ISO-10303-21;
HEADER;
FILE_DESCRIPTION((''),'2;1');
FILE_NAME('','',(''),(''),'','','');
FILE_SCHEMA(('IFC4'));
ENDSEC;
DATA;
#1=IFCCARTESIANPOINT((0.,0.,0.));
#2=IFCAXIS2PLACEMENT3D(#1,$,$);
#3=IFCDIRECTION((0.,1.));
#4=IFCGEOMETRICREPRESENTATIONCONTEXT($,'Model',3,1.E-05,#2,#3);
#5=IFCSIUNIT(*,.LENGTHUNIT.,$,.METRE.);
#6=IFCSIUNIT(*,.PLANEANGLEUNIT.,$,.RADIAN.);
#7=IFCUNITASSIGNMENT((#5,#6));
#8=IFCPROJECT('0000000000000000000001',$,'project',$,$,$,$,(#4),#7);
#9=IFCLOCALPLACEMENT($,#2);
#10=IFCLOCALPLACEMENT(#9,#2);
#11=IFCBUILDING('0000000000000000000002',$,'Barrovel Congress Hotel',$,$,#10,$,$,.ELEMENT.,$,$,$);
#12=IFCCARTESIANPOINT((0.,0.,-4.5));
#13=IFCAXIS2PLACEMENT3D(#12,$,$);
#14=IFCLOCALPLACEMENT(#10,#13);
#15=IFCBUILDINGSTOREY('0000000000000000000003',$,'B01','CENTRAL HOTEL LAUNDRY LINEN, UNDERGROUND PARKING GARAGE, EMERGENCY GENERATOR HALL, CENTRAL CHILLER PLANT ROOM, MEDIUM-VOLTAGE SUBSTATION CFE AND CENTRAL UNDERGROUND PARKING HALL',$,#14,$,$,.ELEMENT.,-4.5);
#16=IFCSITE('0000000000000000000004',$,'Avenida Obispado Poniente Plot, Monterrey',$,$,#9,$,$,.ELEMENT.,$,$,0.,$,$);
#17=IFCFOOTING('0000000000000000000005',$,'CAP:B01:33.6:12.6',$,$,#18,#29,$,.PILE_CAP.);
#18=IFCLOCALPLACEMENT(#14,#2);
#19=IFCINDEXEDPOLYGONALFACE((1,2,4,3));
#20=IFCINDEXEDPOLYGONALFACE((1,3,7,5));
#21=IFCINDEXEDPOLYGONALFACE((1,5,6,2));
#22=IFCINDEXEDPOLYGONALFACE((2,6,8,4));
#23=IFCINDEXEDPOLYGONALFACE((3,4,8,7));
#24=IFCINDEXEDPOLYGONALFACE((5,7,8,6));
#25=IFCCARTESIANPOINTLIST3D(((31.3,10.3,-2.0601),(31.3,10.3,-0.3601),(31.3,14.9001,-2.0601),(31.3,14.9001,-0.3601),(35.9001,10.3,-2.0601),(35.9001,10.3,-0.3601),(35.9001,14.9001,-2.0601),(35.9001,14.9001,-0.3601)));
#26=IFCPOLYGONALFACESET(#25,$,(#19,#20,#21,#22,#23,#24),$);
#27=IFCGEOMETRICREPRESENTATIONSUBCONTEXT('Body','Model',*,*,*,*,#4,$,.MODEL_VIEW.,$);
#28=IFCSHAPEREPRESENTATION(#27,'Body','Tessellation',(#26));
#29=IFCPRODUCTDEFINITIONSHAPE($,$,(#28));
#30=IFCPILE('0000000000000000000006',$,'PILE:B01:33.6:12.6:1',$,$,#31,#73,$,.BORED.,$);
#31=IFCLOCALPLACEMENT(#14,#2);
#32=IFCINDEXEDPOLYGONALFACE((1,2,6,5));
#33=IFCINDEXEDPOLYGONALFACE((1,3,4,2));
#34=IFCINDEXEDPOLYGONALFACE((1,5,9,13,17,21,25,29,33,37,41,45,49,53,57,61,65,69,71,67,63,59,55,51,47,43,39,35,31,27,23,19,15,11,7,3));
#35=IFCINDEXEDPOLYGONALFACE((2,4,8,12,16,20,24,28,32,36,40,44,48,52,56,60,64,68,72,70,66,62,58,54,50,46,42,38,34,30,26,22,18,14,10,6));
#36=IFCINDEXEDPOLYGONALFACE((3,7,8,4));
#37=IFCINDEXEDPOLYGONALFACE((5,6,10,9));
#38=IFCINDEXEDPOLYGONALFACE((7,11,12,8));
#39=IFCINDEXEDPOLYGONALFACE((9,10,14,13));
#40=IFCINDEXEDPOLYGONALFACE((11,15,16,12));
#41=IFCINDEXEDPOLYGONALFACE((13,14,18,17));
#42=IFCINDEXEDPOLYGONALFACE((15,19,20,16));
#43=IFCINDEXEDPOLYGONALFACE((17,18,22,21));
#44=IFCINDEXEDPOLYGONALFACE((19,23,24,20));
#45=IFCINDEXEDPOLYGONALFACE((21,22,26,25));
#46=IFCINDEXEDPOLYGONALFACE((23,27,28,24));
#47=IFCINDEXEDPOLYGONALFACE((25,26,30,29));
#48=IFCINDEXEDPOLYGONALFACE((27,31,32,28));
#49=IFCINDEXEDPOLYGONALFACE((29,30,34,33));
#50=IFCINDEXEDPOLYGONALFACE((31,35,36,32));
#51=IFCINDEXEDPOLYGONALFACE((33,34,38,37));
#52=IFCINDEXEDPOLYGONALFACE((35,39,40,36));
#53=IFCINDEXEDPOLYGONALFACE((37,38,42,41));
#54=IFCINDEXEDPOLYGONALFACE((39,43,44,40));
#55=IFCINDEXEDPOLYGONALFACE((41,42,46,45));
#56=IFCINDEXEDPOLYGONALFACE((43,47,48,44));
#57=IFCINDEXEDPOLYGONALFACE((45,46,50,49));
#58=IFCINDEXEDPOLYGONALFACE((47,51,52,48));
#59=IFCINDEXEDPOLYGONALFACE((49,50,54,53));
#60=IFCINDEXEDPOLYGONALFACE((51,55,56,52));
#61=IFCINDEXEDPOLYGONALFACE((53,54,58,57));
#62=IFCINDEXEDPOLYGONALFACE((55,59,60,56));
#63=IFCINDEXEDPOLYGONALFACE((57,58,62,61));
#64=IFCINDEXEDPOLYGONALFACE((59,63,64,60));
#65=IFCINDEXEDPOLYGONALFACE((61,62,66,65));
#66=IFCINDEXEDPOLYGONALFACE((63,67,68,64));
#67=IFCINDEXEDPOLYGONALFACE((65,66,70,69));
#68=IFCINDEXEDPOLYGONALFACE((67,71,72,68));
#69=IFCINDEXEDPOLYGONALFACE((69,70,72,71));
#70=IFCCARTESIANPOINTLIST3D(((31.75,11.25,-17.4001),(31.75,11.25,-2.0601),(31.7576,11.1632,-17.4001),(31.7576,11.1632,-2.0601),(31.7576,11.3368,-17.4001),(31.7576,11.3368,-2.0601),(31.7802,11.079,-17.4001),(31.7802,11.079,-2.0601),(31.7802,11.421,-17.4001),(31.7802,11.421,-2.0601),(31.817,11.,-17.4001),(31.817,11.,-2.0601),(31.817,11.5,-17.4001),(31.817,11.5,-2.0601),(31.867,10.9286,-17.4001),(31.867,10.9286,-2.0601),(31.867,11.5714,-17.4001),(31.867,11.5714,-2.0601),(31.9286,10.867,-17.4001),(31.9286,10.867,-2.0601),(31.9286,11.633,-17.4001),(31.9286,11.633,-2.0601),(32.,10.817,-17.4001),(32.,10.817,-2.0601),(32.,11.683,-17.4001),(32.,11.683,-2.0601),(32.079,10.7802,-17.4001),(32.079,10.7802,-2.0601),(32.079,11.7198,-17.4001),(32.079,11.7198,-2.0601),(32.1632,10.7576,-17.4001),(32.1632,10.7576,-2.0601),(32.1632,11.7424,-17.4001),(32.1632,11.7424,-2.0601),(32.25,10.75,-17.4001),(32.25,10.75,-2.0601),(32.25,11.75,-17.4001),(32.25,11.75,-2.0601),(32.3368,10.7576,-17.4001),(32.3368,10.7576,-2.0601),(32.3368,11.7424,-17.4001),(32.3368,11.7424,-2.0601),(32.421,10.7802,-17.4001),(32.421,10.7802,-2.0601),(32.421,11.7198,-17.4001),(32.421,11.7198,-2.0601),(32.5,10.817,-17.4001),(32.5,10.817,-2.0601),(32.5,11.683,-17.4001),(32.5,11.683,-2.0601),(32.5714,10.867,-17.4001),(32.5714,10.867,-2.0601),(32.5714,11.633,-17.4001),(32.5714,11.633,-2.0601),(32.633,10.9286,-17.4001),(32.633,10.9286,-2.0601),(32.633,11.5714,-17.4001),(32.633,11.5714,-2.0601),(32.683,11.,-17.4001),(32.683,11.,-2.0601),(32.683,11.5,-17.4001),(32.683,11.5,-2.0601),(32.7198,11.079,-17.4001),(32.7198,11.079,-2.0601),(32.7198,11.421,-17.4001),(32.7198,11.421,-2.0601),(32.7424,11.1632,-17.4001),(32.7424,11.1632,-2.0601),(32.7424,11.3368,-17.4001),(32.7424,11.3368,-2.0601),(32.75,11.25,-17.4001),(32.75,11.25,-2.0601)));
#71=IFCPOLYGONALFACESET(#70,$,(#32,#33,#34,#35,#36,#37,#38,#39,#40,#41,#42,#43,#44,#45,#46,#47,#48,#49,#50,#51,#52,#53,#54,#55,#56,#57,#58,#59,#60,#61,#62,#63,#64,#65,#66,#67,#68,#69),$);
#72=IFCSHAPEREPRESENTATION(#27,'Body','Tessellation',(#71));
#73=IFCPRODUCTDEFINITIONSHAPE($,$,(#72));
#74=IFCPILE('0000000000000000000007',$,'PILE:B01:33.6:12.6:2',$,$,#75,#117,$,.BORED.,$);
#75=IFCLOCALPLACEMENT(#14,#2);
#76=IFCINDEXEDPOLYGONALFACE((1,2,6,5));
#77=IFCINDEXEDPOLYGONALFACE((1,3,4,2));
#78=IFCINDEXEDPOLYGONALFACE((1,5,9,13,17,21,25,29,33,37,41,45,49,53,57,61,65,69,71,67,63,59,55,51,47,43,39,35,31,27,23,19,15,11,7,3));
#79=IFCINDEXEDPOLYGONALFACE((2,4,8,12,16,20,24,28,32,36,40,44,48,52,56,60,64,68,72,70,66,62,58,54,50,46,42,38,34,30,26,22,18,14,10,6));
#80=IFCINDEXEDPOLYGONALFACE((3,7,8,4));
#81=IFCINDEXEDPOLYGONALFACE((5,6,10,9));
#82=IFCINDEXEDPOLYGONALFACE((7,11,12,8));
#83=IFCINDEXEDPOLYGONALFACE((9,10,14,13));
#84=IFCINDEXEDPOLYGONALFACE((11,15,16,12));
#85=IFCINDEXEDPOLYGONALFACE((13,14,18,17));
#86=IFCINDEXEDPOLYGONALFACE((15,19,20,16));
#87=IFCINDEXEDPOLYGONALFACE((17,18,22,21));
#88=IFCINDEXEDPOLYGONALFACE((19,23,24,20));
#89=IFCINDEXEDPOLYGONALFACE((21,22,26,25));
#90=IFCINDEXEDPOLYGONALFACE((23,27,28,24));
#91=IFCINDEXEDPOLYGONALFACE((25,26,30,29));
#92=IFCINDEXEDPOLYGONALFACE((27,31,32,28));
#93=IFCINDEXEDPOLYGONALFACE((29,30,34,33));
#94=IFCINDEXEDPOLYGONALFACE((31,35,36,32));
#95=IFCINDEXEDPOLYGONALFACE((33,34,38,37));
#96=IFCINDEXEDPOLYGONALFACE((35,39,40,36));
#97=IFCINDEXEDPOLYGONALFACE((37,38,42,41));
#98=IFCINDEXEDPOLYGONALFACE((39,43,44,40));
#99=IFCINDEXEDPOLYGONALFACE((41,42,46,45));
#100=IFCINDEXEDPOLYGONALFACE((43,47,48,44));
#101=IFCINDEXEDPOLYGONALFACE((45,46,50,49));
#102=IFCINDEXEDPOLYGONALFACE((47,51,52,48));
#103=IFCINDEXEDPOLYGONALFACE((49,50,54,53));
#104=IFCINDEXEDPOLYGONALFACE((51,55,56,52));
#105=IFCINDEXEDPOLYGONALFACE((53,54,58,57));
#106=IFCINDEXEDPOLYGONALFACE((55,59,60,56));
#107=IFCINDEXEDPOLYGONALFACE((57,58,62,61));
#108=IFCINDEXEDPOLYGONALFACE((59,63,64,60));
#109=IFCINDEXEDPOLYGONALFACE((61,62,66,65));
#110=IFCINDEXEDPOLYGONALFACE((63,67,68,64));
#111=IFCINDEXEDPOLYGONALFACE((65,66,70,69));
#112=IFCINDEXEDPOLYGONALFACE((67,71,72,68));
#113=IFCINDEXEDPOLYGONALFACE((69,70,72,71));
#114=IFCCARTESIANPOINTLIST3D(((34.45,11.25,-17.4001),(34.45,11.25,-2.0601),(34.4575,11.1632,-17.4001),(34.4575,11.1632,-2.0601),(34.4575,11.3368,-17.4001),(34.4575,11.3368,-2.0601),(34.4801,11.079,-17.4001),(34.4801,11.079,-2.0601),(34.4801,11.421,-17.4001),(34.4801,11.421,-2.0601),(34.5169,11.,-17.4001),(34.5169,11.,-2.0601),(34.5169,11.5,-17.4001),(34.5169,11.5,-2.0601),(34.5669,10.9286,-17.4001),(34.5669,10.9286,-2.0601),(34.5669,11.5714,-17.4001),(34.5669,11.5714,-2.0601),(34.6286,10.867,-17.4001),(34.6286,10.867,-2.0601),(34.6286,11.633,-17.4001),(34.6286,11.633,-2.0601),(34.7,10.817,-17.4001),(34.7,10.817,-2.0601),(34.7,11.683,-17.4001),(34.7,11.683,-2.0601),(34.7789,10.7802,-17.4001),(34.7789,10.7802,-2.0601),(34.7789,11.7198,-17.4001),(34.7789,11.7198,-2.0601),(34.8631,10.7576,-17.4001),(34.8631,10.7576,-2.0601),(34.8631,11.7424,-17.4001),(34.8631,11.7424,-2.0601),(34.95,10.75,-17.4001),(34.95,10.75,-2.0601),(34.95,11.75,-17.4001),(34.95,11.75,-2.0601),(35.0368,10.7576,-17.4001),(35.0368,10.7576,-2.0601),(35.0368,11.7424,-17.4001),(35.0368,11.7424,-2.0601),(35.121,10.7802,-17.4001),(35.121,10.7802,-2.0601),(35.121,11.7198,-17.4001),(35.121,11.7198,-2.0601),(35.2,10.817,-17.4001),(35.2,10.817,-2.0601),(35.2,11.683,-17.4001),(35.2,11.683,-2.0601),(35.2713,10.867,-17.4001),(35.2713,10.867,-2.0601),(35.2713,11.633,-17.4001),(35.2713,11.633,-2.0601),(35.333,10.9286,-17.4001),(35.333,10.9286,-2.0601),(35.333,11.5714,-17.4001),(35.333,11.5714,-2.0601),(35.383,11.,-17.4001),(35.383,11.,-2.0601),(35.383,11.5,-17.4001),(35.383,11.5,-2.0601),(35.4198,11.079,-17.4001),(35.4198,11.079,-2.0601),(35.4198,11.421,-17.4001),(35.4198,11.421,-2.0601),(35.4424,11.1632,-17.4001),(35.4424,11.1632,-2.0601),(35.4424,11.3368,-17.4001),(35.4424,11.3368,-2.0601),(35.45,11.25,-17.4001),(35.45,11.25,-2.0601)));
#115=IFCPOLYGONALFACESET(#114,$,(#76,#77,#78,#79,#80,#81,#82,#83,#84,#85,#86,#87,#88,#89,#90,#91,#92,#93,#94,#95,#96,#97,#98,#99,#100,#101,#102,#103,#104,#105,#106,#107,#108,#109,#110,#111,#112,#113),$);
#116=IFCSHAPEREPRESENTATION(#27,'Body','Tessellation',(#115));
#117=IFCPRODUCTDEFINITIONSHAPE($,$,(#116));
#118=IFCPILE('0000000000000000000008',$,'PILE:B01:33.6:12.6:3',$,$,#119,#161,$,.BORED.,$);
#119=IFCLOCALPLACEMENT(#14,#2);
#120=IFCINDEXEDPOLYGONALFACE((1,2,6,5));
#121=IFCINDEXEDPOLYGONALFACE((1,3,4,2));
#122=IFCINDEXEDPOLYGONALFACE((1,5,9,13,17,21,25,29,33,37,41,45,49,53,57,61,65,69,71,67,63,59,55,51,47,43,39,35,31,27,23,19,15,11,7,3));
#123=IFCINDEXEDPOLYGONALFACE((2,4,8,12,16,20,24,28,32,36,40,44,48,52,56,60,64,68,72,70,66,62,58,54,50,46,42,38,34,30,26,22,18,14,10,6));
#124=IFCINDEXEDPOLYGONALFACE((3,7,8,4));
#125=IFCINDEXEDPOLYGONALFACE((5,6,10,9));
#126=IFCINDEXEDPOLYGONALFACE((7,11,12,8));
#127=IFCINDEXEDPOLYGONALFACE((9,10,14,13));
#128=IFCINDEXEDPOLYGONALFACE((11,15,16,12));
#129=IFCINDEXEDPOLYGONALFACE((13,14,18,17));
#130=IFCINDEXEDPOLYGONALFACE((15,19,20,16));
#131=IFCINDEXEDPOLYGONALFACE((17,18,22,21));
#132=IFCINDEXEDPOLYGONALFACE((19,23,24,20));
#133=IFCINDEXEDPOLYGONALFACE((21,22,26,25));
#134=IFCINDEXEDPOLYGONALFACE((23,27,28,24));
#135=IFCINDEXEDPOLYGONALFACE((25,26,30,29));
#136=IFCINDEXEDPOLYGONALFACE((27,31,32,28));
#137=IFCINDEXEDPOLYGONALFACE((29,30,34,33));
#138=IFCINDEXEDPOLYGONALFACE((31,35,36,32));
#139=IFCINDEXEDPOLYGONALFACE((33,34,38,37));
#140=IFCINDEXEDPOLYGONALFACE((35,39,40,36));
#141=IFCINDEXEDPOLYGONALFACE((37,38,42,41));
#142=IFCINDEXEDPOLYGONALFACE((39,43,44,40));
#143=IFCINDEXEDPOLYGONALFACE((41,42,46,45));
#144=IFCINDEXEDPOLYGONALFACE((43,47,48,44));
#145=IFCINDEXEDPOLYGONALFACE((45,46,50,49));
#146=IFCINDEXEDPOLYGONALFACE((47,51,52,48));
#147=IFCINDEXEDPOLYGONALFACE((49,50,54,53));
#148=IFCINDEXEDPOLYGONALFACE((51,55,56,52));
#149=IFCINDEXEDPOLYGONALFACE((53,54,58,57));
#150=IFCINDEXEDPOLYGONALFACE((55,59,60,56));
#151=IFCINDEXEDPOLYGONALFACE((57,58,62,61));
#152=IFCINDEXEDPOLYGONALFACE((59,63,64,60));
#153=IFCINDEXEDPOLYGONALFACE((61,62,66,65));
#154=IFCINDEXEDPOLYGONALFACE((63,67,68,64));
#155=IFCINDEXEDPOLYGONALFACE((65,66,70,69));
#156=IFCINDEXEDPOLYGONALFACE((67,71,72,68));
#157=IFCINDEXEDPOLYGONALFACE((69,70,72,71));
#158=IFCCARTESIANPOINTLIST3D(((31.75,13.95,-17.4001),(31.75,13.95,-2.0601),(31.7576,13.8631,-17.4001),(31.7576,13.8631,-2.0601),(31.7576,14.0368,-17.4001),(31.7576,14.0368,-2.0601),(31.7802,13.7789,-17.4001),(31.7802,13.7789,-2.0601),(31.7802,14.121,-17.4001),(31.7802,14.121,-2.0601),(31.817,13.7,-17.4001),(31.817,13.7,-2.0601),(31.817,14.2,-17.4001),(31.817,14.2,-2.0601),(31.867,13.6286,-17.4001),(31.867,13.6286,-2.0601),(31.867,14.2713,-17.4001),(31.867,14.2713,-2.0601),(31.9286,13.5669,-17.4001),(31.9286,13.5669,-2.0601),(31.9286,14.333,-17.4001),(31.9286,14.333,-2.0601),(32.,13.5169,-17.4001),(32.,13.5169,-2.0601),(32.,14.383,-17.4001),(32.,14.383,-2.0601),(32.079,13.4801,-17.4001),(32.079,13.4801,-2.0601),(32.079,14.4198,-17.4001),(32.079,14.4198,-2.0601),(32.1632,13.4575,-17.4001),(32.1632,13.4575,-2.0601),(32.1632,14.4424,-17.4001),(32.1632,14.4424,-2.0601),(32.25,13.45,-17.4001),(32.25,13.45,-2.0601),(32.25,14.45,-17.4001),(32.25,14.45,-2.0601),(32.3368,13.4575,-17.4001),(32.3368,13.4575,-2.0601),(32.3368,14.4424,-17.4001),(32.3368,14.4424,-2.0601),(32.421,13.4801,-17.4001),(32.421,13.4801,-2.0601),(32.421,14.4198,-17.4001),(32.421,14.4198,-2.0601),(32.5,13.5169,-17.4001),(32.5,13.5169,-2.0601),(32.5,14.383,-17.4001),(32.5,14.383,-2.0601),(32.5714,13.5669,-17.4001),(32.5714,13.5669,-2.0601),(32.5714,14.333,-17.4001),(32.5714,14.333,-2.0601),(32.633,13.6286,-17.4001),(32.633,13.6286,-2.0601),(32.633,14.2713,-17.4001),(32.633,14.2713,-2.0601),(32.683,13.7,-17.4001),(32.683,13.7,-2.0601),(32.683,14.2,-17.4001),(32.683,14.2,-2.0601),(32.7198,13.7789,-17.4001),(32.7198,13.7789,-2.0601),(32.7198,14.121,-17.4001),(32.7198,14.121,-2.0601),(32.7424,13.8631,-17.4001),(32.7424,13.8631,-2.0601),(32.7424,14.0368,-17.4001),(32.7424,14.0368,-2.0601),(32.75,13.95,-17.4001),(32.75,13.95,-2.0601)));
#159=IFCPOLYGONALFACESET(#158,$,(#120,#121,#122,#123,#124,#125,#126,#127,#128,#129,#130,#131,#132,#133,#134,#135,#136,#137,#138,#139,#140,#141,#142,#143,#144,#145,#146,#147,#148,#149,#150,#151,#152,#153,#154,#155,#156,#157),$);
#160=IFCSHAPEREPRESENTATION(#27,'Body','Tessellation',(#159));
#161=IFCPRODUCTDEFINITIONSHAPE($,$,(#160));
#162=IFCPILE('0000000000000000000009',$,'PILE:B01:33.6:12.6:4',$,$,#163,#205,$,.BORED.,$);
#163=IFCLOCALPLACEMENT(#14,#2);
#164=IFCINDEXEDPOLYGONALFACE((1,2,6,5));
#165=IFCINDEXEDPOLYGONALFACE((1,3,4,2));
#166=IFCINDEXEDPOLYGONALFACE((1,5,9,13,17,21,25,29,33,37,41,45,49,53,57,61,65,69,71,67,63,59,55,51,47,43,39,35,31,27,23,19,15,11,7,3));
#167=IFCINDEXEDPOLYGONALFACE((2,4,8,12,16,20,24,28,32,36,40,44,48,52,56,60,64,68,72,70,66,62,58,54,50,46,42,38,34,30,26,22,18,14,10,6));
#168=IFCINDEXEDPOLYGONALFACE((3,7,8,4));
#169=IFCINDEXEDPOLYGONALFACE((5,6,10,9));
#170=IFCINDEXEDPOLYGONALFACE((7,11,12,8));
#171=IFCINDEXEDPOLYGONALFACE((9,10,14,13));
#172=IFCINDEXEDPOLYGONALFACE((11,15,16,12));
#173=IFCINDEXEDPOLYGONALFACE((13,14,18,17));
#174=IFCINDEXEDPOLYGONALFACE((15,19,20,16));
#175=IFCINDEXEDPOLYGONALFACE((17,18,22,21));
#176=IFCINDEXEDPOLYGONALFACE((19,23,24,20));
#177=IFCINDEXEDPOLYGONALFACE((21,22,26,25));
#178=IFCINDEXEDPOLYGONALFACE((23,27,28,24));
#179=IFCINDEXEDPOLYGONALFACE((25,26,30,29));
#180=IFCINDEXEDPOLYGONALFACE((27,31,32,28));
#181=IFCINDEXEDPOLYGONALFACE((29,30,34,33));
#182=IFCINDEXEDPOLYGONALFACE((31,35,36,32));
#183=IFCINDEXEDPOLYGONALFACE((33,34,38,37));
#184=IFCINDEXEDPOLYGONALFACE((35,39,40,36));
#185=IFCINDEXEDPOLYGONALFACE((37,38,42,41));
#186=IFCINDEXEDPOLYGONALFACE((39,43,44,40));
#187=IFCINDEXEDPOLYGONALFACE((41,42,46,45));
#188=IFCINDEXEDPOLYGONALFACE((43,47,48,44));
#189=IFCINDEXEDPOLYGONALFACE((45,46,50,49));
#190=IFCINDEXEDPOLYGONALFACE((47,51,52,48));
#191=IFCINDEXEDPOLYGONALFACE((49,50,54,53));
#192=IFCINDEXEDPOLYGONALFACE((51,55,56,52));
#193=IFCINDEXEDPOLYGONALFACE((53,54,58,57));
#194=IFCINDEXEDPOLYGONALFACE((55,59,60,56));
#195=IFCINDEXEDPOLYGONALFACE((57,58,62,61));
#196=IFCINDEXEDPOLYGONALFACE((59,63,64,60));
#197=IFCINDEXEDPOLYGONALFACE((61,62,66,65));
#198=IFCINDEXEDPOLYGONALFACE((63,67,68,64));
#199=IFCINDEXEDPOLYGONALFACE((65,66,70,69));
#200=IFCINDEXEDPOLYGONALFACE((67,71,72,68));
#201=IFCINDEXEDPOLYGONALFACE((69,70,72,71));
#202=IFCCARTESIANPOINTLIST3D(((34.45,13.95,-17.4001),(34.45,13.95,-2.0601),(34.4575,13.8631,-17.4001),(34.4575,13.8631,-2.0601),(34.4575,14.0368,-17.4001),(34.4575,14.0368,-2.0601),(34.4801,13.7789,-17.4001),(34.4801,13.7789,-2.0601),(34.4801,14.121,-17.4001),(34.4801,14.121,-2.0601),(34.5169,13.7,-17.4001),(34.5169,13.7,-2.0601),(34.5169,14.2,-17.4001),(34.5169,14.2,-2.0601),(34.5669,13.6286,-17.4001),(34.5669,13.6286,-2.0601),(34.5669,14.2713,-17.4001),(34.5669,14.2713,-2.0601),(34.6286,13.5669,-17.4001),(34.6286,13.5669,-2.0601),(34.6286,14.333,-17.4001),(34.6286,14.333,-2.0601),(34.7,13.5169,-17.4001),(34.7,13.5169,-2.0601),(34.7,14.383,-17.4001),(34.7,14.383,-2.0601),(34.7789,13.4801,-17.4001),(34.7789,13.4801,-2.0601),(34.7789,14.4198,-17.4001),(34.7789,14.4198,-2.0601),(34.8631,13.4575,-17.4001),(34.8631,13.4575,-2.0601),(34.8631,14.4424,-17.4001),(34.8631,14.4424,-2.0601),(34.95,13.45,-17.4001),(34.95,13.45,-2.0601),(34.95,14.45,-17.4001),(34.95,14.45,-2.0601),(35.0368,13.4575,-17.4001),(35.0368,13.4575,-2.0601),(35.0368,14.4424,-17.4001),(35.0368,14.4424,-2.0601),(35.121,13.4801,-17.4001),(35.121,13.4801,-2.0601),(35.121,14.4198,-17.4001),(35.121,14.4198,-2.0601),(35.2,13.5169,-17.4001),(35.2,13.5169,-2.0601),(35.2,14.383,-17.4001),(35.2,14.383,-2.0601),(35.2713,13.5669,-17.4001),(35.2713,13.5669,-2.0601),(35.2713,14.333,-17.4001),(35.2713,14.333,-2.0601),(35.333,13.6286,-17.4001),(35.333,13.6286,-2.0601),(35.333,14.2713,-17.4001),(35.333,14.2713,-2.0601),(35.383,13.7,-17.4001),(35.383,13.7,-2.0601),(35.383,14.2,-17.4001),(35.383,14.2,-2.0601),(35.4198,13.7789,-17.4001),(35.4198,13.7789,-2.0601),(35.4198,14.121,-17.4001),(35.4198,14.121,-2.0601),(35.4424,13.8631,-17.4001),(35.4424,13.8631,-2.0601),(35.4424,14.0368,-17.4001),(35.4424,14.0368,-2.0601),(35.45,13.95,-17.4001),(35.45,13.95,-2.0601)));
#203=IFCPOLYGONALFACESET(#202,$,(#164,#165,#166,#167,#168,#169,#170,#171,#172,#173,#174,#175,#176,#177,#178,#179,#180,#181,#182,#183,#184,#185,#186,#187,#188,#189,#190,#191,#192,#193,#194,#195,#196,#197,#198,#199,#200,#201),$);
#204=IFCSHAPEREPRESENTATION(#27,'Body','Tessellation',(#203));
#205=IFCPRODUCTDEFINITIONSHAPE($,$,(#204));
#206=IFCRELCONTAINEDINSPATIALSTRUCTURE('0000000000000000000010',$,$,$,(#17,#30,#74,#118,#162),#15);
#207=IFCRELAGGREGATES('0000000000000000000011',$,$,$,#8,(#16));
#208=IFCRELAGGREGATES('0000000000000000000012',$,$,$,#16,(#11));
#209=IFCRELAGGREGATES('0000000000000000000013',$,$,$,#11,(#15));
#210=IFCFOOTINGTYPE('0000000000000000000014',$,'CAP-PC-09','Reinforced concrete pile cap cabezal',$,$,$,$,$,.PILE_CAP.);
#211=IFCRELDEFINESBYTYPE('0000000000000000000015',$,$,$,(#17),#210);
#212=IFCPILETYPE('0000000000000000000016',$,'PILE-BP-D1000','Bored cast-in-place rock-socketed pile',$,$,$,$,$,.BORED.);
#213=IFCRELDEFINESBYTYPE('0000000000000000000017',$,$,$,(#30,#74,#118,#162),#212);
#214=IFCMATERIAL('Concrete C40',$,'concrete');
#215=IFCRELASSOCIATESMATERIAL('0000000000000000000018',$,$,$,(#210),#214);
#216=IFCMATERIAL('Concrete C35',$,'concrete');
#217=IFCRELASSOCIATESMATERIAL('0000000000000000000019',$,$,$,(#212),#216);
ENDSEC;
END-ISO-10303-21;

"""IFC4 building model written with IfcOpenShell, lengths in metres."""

from ifc_helpers import new_model, si_unit, direction, frame, origin, origin_2d, place, context, subcontext, project, spatial, rectangle, circle, extrude, material, material_profile, profile_set, type_object, element, save


model = new_model("IFC4")

# Units and contexts
model_context = context("Model", 3, precision=1e-05, world=origin(), true_north=direction((0.0, 1.0)))
body_context = subcontext(model_context, "Body", "Model", "MODEL_VIEW")
ifc_project = project(units=[si_unit("LENGTHUNIT", "METRE"), si_unit("PLANEANGLEUNIT", "RADIAN")], contexts=[model_context])

# Site, building, storey
site_placement = place(None, origin())
site = spatial("IfcSite", under=ifc_project, at=site_placement, Name="Avenida Obispado Poniente Plot, Monterrey", CompositionType="ELEMENT", RefElevation=0.0)
building_placement = place(site_placement, origin())
building = spatial("IfcBuilding", under=site, at=building_placement, Name="Barrovel Congress Hotel", CompositionType="ELEMENT")
storey_placement = place(building_placement, frame((0.0, 0.0, -4.5)))
storey = spatial("IfcBuildingStorey", under=building, at=storey_placement, Name="B01", Description="CENTRAL HOTEL LAUNDRY LINEN, UNDERGROUND PARKING GARAGE, EMERGENCY GENERATOR HALL, CENTRAL CHILLER PLANT ROOM, MEDIUM-VOLTAGE SUBSTATION CFE AND CENTRAL UNDERGROUND PARKING HALL", CompositionType="ELEMENT", Elevation=-4.5)

# Footing
ifc_material_1 = material(Name="Concrete C40", Category="concrete")
footing_type = type_object("IfcFootingType", Name="CAP-PC-09", Description="Reinforced concrete pile cap cabezal", PredefinedType="PILE_CAP", material=ifc_material_1)
footing_placement = place(storey_placement, frame((33.6001, 12.6001, -2.0601), z_axis=(0.0, 0.0, 1.0), x_axis=(1.0, 0.0, 0.0)))
element("IfcFooting", 1, at=footing_placement, inside=storey, type_object=footing_type, Name="CAP:B01:33.6:12.6", PredefinedType="PILE_CAP", context=body_context, shape_type="SweptSolid", body=[
    extrude(rectangle(XDim=4.6001, YDim=4.6001, at=origin_2d()), origin(), (0.0, 0.0, 1.0), 1.7),
])

# Piles
ifc_material_2 = material(Name="Concrete C35", Category="concrete")
ifc_material_profile_1 = material_profile(ifc_material_2, circle(Radius=0.5, at=origin_2d()), Name="BP-D1000")
ifc_profile_set_1 = profile_set([ifc_material_profile_1], Name="Concrete C35")
pile_type = type_object("IfcPileType", Name="PILE-BP-D1000", Description="Bored cast-in-place rock-socketed pile", PredefinedType="BORED", material=ifc_profile_set_1)
for number, where, z_axis, x_axis, name in (
    (2, (32.25, 11.25, -2.0601), (0.0, 0.0, -1.0), (1.0, 0.0, 0.0), "PILE:B01:33.6:12.6:1"),
    (3, (34.95, 11.25, -2.0601), (0.0, 0.0, -1.0), (1.0, 0.0, 0.0), "PILE:B01:33.6:12.6:2"),
    (4, (32.25, 13.95, -2.0601), (0.0, 0.0, -1.0), (1.0, 0.0, 0.0), "PILE:B01:33.6:12.6:3"),
    (5, (34.95, 13.95, -2.0601), (0.0, 0.0, -1.0), (1.0, 0.0, 0.0), "PILE:B01:33.6:12.6:4"),
):
    element("IfcPile", number, at=place(storey_placement, frame(where, z_axis=z_axis, x_axis=x_axis)), inside=storey, type_object=pile_type, Name=name, PredefinedType="BORED", context=body_context, shape_type="SweptSolid", body=[
        extrude(circle(Radius=0.5, at=origin_2d()), origin(), (0.0, 0.0, 1.0), 15.3401),
    ])

save(model, "model.ifc")
